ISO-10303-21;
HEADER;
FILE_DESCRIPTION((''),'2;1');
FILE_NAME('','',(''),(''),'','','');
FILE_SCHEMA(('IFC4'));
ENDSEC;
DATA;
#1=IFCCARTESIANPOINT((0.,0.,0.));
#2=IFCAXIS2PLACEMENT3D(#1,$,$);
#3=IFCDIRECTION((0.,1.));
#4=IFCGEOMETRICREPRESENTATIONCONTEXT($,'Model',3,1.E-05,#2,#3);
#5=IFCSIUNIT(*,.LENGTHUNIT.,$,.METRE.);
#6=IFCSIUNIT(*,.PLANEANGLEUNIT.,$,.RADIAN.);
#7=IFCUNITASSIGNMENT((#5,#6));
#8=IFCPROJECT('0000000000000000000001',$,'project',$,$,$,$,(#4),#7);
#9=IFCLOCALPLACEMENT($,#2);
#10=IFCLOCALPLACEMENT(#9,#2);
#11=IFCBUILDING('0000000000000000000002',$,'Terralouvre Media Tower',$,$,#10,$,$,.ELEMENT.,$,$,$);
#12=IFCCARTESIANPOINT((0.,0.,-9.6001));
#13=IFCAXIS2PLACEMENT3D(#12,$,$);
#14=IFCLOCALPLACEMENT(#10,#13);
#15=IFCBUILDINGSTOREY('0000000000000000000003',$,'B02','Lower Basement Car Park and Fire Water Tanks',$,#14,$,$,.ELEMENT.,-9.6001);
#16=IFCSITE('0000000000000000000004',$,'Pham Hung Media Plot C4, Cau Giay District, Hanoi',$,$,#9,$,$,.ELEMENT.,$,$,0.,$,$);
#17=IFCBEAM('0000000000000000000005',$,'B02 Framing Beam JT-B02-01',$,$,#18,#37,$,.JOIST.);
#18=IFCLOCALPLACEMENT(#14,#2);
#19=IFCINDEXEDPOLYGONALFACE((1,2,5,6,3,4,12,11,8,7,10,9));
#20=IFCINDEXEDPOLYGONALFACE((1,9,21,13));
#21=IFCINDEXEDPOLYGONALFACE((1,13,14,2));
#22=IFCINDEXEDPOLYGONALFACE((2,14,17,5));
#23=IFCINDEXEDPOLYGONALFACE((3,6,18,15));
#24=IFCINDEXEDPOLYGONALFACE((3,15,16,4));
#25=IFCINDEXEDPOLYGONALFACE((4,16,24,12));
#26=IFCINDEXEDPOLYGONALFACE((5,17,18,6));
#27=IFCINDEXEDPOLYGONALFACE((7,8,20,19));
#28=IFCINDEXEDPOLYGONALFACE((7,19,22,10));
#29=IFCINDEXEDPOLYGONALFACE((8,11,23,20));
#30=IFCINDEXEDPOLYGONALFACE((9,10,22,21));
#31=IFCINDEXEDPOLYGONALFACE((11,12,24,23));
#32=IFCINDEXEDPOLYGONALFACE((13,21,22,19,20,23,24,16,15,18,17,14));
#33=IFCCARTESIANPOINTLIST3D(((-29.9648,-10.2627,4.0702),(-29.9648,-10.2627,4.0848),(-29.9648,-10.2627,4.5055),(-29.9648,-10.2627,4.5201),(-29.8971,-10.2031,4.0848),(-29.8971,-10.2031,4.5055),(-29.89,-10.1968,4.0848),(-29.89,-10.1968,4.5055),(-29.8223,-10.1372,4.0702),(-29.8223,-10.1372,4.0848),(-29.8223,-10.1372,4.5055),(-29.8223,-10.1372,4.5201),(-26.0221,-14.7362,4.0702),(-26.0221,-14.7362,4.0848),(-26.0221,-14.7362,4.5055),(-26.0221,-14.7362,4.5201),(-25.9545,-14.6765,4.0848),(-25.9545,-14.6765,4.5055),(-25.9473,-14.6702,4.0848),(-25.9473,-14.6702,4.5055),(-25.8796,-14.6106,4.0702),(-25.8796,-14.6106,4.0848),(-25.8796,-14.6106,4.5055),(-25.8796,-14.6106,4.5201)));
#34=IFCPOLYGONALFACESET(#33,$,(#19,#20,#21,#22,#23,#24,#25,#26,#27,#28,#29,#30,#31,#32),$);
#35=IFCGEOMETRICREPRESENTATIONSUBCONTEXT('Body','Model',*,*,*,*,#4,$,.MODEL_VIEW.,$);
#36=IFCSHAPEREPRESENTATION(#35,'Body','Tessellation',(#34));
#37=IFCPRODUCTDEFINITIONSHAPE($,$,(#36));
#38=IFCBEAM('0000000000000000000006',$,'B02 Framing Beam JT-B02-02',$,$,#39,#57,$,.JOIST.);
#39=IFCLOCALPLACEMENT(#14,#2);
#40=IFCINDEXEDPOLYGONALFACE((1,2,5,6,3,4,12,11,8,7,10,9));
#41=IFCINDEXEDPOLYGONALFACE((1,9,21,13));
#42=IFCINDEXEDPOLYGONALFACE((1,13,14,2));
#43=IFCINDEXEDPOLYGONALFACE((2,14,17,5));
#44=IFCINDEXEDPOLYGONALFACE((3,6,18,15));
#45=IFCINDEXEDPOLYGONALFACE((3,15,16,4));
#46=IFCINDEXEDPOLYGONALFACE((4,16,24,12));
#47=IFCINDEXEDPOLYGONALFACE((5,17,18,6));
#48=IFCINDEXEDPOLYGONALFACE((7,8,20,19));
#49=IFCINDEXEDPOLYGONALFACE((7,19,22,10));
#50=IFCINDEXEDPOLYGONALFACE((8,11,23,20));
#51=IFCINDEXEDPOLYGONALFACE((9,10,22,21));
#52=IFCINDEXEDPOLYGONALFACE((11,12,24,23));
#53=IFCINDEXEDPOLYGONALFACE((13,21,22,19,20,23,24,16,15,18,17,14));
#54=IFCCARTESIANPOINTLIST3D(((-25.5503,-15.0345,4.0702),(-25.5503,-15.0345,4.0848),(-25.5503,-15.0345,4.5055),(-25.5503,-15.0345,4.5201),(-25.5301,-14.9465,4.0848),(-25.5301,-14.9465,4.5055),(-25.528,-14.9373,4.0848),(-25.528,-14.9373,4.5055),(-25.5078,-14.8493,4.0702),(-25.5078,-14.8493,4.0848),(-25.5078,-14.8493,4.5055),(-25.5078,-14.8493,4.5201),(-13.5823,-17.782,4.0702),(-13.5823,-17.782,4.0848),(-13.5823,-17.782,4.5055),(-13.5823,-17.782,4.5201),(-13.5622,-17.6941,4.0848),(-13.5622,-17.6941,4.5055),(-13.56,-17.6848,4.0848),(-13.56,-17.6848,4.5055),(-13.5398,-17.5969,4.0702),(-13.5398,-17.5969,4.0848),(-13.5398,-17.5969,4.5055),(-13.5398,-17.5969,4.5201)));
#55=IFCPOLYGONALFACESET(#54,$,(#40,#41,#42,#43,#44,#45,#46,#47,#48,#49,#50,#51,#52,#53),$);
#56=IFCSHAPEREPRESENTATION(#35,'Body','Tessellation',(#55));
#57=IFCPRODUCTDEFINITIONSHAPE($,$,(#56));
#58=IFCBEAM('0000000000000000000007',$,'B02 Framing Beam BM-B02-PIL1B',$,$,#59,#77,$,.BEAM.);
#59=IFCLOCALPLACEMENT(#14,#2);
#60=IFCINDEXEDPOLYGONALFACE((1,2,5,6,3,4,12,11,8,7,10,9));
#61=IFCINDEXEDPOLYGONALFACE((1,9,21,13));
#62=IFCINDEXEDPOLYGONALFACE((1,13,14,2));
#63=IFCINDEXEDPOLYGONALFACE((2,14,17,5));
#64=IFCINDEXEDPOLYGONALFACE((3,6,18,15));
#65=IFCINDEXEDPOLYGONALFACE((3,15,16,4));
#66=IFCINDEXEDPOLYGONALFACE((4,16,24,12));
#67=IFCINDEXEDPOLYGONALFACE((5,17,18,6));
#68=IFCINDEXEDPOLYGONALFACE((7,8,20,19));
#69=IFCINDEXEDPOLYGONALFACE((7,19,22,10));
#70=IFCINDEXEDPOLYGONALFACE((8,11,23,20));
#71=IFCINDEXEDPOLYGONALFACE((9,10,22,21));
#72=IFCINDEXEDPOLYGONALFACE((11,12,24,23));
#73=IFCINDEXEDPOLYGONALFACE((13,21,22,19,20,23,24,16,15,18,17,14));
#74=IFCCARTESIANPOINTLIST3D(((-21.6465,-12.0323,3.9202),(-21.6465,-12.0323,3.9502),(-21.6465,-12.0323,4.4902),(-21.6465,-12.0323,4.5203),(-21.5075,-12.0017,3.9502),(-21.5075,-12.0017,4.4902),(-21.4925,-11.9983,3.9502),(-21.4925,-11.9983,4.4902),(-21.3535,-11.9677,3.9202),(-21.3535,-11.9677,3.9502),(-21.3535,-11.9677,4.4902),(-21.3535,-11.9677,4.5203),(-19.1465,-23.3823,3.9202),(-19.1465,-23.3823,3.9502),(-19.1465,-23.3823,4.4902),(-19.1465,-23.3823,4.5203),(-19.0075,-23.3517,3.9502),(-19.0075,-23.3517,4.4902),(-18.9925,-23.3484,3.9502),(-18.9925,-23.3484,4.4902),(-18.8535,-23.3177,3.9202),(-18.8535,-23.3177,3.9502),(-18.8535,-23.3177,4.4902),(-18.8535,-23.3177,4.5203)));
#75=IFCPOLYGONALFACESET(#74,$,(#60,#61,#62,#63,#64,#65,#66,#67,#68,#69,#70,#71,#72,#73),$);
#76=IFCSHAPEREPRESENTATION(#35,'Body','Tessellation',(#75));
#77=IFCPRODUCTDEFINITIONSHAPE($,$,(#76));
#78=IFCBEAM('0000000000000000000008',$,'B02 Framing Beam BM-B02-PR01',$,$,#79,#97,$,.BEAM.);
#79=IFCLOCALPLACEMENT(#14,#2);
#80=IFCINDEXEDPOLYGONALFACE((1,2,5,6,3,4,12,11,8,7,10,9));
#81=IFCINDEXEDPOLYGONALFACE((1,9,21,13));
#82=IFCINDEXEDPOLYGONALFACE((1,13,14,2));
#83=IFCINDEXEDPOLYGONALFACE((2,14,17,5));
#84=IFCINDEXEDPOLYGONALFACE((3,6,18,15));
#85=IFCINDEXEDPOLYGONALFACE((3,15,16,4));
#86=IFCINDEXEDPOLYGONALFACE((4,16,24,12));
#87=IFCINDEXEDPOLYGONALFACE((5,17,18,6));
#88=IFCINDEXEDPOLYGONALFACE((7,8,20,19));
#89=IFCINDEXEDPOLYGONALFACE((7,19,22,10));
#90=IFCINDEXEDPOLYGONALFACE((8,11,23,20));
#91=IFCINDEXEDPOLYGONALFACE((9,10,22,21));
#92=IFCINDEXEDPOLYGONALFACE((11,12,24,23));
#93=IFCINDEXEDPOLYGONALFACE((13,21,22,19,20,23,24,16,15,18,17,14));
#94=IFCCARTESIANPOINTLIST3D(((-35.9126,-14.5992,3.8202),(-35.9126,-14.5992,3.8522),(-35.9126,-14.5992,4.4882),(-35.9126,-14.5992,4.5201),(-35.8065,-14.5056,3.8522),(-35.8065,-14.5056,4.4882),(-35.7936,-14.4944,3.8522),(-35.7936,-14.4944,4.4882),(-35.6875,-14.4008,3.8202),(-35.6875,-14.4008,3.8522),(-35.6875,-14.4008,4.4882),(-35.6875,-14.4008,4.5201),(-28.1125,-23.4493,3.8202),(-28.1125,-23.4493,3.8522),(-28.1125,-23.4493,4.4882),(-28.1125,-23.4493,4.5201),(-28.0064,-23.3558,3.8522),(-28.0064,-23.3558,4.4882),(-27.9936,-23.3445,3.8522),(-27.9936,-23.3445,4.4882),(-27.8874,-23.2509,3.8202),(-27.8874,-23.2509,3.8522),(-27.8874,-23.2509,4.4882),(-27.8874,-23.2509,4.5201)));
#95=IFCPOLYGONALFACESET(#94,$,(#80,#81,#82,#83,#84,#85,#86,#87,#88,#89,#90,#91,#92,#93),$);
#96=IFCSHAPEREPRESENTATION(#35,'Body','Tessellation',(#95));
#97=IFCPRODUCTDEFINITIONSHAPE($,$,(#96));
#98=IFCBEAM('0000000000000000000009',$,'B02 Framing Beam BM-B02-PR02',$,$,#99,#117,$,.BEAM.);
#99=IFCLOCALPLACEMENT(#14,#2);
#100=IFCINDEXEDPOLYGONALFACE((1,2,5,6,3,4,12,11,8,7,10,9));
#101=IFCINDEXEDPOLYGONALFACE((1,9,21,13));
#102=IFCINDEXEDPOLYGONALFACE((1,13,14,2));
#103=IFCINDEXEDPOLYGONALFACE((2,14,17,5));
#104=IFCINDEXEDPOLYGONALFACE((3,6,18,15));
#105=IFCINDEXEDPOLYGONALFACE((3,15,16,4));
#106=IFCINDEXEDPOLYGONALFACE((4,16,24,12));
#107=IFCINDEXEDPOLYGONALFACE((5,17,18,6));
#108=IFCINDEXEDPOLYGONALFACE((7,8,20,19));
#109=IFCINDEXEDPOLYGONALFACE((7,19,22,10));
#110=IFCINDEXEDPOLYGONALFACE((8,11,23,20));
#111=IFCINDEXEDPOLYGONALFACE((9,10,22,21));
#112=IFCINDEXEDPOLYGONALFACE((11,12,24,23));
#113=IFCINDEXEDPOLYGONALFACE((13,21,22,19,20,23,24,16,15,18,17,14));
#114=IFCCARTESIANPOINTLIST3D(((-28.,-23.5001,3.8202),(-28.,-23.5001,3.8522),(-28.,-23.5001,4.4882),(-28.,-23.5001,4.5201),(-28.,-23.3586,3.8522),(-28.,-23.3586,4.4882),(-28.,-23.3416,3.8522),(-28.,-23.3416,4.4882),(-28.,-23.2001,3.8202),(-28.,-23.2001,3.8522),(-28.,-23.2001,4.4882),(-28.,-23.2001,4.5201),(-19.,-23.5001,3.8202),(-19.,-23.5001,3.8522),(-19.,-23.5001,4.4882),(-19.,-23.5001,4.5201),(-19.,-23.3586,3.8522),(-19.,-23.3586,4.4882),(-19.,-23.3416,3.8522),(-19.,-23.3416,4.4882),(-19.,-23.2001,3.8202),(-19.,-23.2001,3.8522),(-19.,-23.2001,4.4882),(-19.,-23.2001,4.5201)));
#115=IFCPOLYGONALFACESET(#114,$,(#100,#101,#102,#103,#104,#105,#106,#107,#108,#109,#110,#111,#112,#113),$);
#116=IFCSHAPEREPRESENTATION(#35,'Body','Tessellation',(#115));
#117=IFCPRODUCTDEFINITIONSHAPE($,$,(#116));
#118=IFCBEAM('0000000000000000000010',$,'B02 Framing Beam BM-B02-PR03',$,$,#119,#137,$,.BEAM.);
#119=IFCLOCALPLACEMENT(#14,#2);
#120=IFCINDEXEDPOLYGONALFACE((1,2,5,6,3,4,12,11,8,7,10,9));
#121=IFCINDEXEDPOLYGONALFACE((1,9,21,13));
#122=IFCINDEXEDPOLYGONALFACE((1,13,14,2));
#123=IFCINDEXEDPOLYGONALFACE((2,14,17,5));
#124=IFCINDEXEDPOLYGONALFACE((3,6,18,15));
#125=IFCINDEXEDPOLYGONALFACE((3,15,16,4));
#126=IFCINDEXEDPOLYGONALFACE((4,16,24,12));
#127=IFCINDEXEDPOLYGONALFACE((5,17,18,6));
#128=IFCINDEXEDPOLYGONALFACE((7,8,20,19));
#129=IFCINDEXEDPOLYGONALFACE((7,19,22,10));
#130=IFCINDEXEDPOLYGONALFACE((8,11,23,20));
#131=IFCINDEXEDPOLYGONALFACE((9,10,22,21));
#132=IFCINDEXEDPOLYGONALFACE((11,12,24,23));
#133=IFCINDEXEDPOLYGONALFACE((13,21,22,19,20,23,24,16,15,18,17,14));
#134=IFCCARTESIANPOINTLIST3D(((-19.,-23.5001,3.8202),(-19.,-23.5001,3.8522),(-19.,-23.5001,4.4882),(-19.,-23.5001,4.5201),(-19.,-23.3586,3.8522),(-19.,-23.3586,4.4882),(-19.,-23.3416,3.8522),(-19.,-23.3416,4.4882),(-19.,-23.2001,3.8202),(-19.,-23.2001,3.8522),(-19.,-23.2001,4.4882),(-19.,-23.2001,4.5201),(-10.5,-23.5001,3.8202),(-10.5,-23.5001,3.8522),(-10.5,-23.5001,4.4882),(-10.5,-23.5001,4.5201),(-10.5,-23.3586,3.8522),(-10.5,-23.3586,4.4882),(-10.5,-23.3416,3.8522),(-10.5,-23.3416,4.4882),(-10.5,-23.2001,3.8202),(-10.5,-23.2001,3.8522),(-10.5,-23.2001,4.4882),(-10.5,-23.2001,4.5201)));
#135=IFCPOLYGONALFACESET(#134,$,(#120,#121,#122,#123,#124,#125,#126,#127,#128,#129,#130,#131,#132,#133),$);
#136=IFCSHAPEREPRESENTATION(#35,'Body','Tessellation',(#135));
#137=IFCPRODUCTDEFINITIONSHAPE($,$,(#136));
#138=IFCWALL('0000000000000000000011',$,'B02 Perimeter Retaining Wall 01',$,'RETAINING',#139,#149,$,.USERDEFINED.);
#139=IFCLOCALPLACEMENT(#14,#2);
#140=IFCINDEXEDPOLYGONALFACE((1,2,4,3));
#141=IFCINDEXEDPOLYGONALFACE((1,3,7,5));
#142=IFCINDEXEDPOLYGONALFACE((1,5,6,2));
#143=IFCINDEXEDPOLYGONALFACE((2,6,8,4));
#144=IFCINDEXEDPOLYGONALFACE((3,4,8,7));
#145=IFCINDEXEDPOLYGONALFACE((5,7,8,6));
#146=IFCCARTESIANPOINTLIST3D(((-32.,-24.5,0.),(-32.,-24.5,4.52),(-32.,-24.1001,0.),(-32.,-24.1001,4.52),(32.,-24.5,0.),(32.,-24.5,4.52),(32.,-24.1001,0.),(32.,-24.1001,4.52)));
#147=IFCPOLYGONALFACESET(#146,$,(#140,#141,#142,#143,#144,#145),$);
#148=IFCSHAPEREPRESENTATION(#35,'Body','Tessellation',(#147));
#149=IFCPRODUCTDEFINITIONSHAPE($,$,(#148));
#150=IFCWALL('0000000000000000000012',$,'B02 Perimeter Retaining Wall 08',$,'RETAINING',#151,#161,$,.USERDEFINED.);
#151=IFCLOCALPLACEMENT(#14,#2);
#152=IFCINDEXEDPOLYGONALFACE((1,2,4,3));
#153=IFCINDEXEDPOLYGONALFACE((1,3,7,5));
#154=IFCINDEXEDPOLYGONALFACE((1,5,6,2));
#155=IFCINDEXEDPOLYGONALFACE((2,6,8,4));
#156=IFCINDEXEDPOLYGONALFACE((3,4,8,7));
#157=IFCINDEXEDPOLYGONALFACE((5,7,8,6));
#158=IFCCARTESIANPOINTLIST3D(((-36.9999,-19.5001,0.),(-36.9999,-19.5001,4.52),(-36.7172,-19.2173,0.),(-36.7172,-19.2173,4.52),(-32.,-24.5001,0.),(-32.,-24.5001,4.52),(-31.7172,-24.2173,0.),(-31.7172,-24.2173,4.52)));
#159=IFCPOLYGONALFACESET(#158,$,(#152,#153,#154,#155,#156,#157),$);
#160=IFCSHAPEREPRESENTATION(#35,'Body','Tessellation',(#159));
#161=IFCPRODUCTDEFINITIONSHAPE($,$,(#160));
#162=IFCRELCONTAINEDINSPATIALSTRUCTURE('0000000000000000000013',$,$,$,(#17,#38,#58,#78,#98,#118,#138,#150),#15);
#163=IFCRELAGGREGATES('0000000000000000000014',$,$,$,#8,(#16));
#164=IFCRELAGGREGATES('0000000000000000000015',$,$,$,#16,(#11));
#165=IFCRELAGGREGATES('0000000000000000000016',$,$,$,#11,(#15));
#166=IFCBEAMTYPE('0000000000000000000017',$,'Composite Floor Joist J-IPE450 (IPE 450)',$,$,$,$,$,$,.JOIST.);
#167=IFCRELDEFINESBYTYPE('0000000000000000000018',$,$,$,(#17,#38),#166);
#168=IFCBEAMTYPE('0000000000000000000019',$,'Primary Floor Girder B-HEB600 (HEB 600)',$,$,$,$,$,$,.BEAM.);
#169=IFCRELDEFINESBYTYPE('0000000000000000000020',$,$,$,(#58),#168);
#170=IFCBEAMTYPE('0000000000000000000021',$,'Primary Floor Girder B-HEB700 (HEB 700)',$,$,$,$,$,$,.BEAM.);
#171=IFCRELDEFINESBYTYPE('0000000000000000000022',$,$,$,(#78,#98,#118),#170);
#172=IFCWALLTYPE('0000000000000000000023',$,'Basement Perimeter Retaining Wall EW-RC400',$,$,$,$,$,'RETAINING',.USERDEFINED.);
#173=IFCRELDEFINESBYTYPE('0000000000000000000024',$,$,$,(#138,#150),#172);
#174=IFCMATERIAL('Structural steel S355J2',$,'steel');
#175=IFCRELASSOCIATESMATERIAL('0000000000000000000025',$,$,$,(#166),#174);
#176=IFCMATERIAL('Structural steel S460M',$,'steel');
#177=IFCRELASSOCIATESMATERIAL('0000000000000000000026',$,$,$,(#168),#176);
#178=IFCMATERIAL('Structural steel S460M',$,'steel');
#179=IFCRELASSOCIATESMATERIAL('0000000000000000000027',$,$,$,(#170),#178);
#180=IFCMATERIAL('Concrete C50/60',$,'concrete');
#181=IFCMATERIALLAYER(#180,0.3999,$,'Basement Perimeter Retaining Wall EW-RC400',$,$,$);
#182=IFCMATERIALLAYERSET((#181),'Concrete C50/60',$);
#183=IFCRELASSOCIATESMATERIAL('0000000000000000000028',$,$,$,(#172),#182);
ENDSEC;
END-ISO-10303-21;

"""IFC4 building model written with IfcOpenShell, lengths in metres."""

from ifc_helpers import new_model, si_unit, direction, frame, frame_2d, origin, origin_2d, place, context, subcontext, project, spatial, rectangle, i_section, extrude, material, layer, layer_set, material_profile, profile_set, type_object, element, save


model = new_model("IFC4")

# Units and contexts
model_context = context("Model", 3, precision=1e-05, world=origin(), true_north=direction((0.0, 1.0)))
body_context = subcontext(model_context, "Body", "Model", "MODEL_VIEW")
ifc_project = project(units=[si_unit("LENGTHUNIT", "METRE"), si_unit("PLANEANGLEUNIT", "RADIAN")], contexts=[model_context])

# Site, building, storey
site_placement = place(None, origin())
site = spatial("IfcSite", under=ifc_project, at=site_placement, Name="Pham Hung Media Plot C4, Cau Giay District, Hanoi", CompositionType="ELEMENT", RefElevation=0.0)
building_placement = place(site_placement, origin())
building = spatial("IfcBuilding", under=site, at=building_placement, Name="Terralouvre Media Tower", CompositionType="ELEMENT")
storey_placement = place(building_placement, frame((0.0, 0.0, -9.6001)))
storey = spatial("IfcBuildingStorey", under=building, at=storey_placement, Name="B02", Description="Lower Basement Car Park and Fire Water Tanks", CompositionType="ELEMENT", Elevation=-9.6001)

# Beams
ifc_material_1 = material(Name="Structural steel S355J2", Category="steel")
ifc_material_profile_1 = material_profile(ifc_material_1, i_section(OverallWidth=0.1899, OverallDepth=0.45, WebThickness=0.0095, FlangeThickness=0.0146, at=origin_2d()), Name="IPE 450")
ifc_profile_set_1 = profile_set([ifc_material_profile_1], Name="Structural steel S355J2")
beam_type_1 = type_object("IfcBeamType", Name="Composite Floor Joist J-IPE450 (IPE 450)", PredefinedType="JOIST", material=ifc_profile_set_1)
beam_1_placement = place(storey_placement, frame((-29.8936, -10.2, 4.2952), z_axis=(0.661199, -0.750211, 0.0), x_axis=(0.750211, 0.661199, 0.0)))
element("IfcBeam", 1, at=beam_1_placement, inside=storey, type_object=beam_type_1, Name="B02 Framing Beam JT-B02-01", PredefinedType="JOIST", context=body_context, shape_type="SweptSolid", body=[
    extrude(i_section(OverallWidth=0.1899, OverallDepth=0.45, WebThickness=0.0095, FlangeThickness=0.0146, at=origin_2d()), origin(), (0.0, 0.0, 1.0), 5.9629),
])
beam_2_placement = place(storey_placement, frame((-25.5291, -14.9419, 4.2952), z_axis=(0.974646, -0.223754, 0.0), x_axis=(0.223754, 0.974646, 0.0)))
element("IfcBeam", 2, at=beam_2_placement, inside=storey, type_object=beam_type_1, Name="B02 Framing Beam JT-B02-02", PredefinedType="JOIST", context=body_context, shape_type="SweptSolid", body=[
    extrude(i_section(OverallWidth=0.1899, OverallDepth=0.45, WebThickness=0.0095, FlangeThickness=0.0146, at=origin_2d()), origin(), (0.0, 0.0, 1.0), 12.2793),
])
ifc_material_2 = material(Name="Structural steel S460M", Category="steel")
ifc_material_profile_2 = material_profile(ifc_material_2, i_section(OverallWidth=0.3, OverallDepth=0.6001, WebThickness=0.0154, FlangeThickness=0.03, at=origin_2d()), Name="HEB 600")
ifc_profile_set_2 = profile_set([ifc_material_profile_2], Name="Structural steel S460M")
beam_type_2 = type_object("IfcBeamType", Name="Primary Floor Girder B-HEB600 (HEB 600)", PredefinedType="BEAM", material=ifc_profile_set_2)
beam_3_placement = place(storey_placement, frame((-21.5, -12.0, 4.2202), z_axis=(0.215106, -0.976591, 0.0), x_axis=(0.976591, 0.215106, 0.0)))
element("IfcBeam", 3, at=beam_3_placement, inside=storey, type_object=beam_type_2, Name="B02 Framing Beam BM-B02-PIL1B", PredefinedType="BEAM", context=body_context, shape_type="SweptSolid", body=[
    extrude(i_section(OverallWidth=0.3, OverallDepth=0.6001, WebThickness=0.0154, FlangeThickness=0.03, at=origin_2d()), origin(), (0.0, 0.0, 1.0), 11.6221),
])
ifc_material_3 = material(Name="Structural steel S460M", Category="steel")
ifc_material_profile_3 = material_profile(ifc_material_3, i_section(OverallWidth=0.3, OverallDepth=0.7, WebThickness=0.0171, FlangeThickness=0.032, at=origin_2d()), Name="HEB 700")
ifc_profile_set_3 = profile_set([ifc_material_profile_3], Name="Structural steel S460M")
beam_type_3 = type_object("IfcBeamType", Name="Primary Floor Girder B-HEB700 (HEB 700)", PredefinedType="BEAM", material=ifc_profile_set_3)
beam_4_placement = place(storey_placement, frame((-35.8, -14.5, 4.1702), z_axis=(0.661199, -0.75021, 0.0), x_axis=(0.75021, 0.661199, 0.0)))
element("IfcBeam", 4, at=beam_4_placement, inside=storey, type_object=beam_type_3, Name="B02 Framing Beam BM-B02-PR01", PredefinedType="BEAM", context=body_context, shape_type="SweptSolid", body=[
    extrude(i_section(OverallWidth=0.3, OverallDepth=0.7, WebThickness=0.0171, FlangeThickness=0.032, at=origin_2d()), origin(), (0.0, 0.0, 1.0), 11.7969),
])
beam_5_placement = place(storey_placement, frame((-28.0, -23.3501, 4.1702), z_axis=(1.0, 0.0, 0.0), x_axis=(0.0, 1.0, 0.0)))
element("IfcBeam", 5, at=beam_5_placement, inside=storey, type_object=beam_type_3, Name="B02 Framing Beam BM-B02-PR02", PredefinedType="BEAM", context=body_context, shape_type="SweptSolid", body=[
    extrude(i_section(OverallWidth=0.3, OverallDepth=0.7, WebThickness=0.0171, FlangeThickness=0.032, at=origin_2d()), origin(), (0.0, 0.0, 1.0), 9.0),
])
beam_6_placement = place(storey_placement, frame((-19.0, -23.3501, 4.1702), z_axis=(1.0, 0.0, 0.0), x_axis=(0.0, 1.0, 0.0)))
element("IfcBeam", 6, at=beam_6_placement, inside=storey, type_object=beam_type_3, Name="B02 Framing Beam BM-B02-PR03", PredefinedType="BEAM", context=body_context, shape_type="SweptSolid", body=[
    extrude(i_section(OverallWidth=0.3, OverallDepth=0.7, WebThickness=0.0171, FlangeThickness=0.032, at=origin_2d()), origin(), (0.0, 0.0, 1.0), 8.5),
])

# Walls
ifc_material_4 = material(Name="Concrete C50/60", Category="concrete")
ifc_layer_1 = layer(ifc_material_4, 0.3999, Name="Basement Perimeter Retaining Wall EW-RC400")
ifc_layer_set_1 = layer_set([ifc_layer_1], Name="Concrete C50/60")
wall_type_1 = type_object("IfcWallType", Name="Basement Perimeter Retaining Wall EW-RC400", ElementType="RETAINING", PredefinedType="USERDEFINED", material=ifc_layer_set_1)
wall_1_placement = place(storey_placement, frame((-32.0, -24.3, 0.0), z_axis=(0.0, 0.0, 1.0), x_axis=(1.0, 0.0, 0.0)))
element("IfcWall", 7, at=wall_1_placement, inside=storey, type_object=wall_type_1, Name="B02 Perimeter Retaining Wall 01", ObjectType="RETAINING", PredefinedType="USERDEFINED", context=body_context, shape_type="SweptSolid", body=[
    extrude(rectangle(XDim=64.0, YDim=0.3999, at=frame_2d((32.0, 0.0))), origin(), (0.0, 0.0, 1.0), 4.52),
])
wall_2_placement = place(storey_placement, frame((-36.8586, -19.3586, 0.0), z_axis=(0.0, 0.0, 1.0), x_axis=(0.707107, -0.707107, 0.0)))
element("IfcWall", 8, at=wall_2_placement, inside=storey, type_object=wall_type_1, Name="B02 Perimeter Retaining Wall 08", ObjectType="RETAINING", PredefinedType="USERDEFINED", context=body_context, shape_type="SweptSolid", body=[
    extrude(rectangle(XDim=7.071, YDim=0.3999, at=frame_2d((3.5356, 0.0))), origin(), (0.0, 0.0, 1.0), 4.52),
])

save(model, "model.ifc")
